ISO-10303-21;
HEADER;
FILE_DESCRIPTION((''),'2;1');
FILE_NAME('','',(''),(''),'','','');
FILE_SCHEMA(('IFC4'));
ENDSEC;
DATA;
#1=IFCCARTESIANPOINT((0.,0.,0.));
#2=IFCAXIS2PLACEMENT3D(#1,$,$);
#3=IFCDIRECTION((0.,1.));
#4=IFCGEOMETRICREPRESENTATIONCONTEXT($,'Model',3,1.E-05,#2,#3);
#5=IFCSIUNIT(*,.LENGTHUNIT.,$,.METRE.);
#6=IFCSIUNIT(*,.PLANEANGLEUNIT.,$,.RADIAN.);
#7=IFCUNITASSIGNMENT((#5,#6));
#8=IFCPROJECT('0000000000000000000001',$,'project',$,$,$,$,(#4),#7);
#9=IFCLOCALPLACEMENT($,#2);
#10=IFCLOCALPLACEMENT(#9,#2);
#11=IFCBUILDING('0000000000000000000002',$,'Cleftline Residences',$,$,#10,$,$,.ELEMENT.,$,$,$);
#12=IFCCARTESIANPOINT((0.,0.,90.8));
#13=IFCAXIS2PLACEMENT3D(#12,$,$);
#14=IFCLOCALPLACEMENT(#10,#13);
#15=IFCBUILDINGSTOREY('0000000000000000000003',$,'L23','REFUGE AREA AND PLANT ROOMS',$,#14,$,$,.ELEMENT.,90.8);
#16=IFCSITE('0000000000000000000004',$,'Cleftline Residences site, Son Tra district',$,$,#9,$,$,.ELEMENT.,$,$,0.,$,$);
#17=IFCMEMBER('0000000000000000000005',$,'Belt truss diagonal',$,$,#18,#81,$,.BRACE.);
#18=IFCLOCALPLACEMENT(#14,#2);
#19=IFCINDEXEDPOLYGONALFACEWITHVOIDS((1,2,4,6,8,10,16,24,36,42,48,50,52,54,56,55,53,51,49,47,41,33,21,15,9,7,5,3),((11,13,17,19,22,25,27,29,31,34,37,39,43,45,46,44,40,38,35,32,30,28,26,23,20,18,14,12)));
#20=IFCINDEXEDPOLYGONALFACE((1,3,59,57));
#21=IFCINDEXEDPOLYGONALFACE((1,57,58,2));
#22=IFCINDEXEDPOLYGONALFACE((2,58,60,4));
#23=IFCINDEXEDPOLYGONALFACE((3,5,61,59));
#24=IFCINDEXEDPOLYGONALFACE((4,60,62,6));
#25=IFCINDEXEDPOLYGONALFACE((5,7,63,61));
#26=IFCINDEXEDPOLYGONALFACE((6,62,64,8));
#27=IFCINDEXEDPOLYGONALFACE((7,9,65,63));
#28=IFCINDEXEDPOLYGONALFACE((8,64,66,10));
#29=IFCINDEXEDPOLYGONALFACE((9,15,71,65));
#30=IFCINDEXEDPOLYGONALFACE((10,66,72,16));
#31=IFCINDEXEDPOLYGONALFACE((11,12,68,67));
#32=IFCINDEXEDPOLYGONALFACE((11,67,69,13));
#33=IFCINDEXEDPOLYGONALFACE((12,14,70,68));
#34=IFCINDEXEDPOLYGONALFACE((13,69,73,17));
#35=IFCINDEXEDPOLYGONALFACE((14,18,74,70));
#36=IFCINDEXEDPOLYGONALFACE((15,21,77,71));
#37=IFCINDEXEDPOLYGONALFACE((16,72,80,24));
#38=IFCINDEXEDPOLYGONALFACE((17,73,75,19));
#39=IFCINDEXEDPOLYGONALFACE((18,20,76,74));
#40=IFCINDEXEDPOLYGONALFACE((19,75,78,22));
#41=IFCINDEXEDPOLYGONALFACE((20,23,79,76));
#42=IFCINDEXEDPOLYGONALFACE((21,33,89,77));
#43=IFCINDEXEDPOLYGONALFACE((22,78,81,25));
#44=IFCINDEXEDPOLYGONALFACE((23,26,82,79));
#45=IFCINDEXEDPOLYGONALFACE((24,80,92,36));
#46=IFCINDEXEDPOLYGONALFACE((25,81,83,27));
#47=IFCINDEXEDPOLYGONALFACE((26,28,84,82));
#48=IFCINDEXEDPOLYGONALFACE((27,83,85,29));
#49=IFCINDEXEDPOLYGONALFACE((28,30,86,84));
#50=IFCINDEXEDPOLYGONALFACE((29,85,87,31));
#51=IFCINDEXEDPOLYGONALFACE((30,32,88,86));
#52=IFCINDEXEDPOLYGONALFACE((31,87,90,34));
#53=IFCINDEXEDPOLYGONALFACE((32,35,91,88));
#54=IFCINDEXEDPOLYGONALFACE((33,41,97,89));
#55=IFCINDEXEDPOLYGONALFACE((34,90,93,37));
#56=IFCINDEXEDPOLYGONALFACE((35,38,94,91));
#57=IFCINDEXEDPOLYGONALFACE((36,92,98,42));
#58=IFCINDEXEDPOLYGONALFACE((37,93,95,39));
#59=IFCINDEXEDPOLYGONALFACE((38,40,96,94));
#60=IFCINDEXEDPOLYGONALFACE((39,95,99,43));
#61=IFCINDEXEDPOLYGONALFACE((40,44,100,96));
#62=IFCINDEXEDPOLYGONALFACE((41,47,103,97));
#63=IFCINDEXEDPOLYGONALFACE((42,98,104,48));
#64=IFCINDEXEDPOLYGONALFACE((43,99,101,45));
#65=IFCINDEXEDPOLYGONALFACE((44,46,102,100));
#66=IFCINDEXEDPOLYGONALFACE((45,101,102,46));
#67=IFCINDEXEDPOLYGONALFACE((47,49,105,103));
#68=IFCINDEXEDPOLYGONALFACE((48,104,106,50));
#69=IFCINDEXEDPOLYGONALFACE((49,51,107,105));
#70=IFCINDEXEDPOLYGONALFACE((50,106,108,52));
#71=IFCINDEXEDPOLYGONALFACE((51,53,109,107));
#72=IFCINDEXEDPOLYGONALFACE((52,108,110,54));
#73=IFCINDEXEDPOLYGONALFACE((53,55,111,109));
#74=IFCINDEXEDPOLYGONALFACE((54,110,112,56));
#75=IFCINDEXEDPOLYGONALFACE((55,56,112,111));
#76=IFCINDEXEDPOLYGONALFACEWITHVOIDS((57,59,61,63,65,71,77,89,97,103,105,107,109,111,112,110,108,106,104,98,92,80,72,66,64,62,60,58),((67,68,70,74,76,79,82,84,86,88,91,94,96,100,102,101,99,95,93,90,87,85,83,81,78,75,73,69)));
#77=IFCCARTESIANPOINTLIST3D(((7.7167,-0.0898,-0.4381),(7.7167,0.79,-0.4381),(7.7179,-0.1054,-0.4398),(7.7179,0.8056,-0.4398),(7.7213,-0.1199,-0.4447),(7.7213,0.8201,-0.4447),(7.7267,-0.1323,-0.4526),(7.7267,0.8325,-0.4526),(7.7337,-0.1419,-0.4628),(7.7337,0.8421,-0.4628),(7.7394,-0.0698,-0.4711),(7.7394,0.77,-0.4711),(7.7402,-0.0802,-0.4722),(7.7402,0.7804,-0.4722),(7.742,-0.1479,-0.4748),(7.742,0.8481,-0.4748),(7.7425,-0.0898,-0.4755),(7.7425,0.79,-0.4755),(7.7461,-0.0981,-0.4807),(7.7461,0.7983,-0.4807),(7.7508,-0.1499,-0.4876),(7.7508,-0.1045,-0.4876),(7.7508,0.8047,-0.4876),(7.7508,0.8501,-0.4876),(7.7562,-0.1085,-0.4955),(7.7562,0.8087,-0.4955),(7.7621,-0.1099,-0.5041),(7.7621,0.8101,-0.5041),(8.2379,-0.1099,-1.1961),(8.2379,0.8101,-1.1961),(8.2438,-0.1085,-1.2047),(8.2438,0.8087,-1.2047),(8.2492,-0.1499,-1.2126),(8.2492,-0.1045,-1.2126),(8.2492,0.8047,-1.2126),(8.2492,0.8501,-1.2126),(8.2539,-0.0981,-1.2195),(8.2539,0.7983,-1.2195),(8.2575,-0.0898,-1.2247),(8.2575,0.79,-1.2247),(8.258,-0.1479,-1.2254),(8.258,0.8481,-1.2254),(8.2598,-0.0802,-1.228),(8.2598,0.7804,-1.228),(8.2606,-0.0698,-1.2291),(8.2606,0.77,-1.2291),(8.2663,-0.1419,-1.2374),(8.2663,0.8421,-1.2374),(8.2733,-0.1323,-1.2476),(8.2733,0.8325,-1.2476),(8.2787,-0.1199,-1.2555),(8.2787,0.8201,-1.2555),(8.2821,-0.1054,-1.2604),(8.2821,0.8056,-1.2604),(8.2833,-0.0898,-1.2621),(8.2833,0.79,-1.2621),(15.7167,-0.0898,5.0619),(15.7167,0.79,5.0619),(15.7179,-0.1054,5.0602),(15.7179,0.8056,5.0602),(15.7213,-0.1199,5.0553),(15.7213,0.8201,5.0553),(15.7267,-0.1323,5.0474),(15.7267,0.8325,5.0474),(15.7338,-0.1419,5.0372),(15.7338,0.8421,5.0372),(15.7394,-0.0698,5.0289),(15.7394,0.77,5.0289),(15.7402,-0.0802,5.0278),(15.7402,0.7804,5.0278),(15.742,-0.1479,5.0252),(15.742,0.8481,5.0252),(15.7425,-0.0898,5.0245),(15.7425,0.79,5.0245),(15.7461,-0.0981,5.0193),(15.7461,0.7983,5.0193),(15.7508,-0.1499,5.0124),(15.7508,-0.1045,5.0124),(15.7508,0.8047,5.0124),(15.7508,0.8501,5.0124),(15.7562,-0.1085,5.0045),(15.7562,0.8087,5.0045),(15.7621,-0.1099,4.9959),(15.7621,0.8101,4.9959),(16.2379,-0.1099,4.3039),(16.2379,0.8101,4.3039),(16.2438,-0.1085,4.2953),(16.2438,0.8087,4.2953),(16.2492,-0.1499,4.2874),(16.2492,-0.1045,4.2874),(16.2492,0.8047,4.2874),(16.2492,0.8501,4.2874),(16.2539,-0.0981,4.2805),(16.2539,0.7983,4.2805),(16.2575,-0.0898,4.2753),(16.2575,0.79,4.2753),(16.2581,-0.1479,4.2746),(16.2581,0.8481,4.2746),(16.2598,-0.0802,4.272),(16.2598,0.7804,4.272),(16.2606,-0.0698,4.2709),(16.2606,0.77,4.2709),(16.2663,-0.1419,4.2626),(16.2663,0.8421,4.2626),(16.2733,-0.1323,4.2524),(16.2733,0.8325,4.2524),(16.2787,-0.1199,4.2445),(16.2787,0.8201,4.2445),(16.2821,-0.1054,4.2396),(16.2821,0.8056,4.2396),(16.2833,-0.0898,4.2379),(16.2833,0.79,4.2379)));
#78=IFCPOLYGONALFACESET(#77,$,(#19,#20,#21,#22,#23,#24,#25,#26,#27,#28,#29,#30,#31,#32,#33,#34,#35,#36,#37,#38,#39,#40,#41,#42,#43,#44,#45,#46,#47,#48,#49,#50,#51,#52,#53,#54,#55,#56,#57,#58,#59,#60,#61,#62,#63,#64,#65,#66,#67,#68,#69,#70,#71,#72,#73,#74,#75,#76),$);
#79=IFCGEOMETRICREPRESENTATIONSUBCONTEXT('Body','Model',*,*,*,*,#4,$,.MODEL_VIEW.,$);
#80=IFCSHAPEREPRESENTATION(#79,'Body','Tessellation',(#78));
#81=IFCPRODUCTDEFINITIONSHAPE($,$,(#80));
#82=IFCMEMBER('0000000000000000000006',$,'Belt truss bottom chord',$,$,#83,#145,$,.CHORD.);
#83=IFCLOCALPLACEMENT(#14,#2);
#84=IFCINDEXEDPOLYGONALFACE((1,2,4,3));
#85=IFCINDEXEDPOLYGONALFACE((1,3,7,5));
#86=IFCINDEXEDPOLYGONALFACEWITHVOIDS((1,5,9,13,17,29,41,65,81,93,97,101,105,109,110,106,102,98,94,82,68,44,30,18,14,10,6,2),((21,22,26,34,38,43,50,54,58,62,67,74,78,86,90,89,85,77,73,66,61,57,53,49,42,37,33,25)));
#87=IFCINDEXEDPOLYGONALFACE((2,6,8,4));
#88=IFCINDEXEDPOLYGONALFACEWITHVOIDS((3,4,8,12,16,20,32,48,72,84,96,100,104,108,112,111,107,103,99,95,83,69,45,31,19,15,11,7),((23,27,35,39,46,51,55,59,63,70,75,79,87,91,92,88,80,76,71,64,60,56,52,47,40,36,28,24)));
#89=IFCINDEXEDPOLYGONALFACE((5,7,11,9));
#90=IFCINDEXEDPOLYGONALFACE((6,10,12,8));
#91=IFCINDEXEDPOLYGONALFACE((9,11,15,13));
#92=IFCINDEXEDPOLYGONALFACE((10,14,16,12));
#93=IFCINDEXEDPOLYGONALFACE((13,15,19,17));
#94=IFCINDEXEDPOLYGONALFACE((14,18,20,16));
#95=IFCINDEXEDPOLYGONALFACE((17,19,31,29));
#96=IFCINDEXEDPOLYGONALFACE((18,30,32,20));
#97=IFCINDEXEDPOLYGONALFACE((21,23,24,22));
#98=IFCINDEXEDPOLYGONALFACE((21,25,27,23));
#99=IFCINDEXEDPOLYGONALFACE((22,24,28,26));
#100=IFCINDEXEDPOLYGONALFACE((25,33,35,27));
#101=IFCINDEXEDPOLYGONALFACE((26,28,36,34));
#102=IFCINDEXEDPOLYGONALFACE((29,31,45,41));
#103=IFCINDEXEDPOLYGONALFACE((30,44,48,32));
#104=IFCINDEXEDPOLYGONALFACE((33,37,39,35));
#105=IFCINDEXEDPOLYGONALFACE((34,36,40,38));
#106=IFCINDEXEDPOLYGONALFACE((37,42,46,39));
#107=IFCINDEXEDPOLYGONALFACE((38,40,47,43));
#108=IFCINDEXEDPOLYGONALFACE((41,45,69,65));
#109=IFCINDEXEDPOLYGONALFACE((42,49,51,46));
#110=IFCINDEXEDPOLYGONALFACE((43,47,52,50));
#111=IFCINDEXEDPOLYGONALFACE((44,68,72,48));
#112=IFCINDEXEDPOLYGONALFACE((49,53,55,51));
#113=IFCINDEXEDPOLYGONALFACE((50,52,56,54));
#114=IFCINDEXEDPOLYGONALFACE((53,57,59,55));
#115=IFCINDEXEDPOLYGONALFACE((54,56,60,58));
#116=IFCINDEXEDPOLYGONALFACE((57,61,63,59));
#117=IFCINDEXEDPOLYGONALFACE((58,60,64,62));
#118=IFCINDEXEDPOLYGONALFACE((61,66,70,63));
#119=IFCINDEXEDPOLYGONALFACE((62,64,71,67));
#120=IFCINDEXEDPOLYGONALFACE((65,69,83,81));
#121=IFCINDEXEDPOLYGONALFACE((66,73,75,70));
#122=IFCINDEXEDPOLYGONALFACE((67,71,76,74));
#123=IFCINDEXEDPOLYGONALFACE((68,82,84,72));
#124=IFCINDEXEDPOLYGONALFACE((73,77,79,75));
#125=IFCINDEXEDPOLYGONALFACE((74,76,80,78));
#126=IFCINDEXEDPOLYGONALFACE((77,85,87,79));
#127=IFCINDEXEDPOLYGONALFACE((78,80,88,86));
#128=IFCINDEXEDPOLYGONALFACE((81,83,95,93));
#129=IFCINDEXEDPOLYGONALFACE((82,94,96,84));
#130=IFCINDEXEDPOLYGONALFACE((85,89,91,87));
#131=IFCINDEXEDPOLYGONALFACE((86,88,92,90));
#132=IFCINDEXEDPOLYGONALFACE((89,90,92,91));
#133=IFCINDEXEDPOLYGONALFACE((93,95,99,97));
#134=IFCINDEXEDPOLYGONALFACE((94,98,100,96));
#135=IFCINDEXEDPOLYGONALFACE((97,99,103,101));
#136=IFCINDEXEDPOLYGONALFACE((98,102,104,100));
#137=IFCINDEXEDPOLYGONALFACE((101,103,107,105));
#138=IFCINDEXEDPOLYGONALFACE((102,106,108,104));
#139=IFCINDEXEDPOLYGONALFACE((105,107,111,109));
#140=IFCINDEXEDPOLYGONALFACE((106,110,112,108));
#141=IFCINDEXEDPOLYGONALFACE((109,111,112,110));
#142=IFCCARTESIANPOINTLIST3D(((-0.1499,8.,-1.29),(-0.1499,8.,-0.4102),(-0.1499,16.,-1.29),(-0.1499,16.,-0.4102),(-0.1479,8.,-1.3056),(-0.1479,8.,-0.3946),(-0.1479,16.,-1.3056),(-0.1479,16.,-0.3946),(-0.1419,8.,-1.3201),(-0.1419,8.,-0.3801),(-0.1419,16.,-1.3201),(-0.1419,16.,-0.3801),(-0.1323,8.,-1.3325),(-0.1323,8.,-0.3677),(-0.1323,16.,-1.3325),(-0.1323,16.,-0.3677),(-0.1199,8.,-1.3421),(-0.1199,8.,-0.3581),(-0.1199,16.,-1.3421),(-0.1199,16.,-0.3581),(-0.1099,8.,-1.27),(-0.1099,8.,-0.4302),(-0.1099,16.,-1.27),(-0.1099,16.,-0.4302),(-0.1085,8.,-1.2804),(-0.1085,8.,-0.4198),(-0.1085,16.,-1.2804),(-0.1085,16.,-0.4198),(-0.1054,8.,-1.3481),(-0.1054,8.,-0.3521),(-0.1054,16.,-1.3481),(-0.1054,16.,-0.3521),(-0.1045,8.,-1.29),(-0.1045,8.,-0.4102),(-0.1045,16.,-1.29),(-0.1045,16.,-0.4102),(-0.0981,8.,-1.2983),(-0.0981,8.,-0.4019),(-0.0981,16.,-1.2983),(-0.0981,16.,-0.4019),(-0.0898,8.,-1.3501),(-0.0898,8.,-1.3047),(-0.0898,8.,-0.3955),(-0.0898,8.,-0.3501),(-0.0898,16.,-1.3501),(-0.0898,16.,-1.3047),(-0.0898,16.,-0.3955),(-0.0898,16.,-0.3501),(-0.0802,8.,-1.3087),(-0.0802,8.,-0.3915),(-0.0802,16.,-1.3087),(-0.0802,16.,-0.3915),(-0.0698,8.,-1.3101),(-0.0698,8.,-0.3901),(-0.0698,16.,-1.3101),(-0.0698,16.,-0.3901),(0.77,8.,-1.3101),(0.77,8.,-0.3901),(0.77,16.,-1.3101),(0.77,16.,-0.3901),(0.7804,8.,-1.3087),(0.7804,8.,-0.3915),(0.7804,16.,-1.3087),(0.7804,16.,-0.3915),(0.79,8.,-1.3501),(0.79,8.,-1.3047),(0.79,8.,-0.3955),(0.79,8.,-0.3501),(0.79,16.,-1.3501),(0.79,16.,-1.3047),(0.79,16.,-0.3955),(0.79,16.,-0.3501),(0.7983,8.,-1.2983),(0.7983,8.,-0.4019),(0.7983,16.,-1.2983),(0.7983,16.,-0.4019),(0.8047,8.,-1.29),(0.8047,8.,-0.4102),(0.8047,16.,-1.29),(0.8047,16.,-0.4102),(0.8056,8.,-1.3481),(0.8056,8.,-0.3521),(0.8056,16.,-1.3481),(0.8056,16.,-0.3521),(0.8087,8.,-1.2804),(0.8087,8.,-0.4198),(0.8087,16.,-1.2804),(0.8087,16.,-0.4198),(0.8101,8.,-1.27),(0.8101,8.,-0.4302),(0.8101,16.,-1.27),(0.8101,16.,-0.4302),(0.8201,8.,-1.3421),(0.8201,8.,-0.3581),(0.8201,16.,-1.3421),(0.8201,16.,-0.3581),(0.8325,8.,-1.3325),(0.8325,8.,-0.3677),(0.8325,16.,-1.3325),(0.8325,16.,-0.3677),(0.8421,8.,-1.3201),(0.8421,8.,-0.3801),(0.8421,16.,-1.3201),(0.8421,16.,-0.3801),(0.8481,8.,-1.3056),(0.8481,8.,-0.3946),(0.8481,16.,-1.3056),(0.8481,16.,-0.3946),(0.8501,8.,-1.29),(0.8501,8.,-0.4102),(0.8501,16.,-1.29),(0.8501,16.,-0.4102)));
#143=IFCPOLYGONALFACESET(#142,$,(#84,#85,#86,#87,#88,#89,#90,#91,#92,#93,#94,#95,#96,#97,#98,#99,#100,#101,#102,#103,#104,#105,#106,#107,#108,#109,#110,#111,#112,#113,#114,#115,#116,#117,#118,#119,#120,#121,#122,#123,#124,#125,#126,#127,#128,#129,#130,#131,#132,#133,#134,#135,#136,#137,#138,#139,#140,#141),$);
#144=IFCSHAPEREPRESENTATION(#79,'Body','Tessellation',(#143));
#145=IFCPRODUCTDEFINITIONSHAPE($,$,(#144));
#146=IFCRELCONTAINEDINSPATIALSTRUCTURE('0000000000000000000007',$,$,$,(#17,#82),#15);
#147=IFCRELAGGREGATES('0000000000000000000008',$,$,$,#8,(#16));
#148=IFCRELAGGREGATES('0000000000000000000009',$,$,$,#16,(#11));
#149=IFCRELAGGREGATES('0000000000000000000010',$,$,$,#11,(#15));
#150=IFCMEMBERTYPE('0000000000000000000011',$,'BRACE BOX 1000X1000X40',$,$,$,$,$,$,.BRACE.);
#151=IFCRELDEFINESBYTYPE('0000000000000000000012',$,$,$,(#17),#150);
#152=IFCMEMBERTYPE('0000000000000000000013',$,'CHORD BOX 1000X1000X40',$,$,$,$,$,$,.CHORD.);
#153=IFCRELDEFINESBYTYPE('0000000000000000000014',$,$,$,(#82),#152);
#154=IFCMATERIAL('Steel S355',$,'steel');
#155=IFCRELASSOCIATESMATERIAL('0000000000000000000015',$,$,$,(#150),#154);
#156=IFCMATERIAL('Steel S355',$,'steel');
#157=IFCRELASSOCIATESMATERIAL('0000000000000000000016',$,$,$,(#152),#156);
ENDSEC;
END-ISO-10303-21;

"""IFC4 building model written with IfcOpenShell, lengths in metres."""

from ifc_helpers import new_model, si_unit, direction, frame, origin, origin_2d, place, context, subcontext, project, spatial, hollow_rectangle, extrude, material, material_profile, profile_set, type_object, element, save


model = new_model("IFC4")

# Units and contexts
model_context = context("Model", 3, precision=1e-05, world=origin(), true_north=direction((0.0, 1.0)))
body_context = subcontext(model_context, "Body", "Model", "MODEL_VIEW")
ifc_project = project(units=[si_unit("LENGTHUNIT", "METRE"), si_unit("PLANEANGLEUNIT", "RADIAN")], contexts=[model_context])

# Site, building, storey
site_placement = place(None, origin())
site = spatial("IfcSite", under=ifc_project, at=site_placement, Name="Cleftline Residences site, Son Tra district", CompositionType="ELEMENT", RefElevation=0.0)
building_placement = place(site_placement, origin())
building = spatial("IfcBuilding", under=site, at=building_placement, Name="Cleftline Residences", CompositionType="ELEMENT")
storey_placement = place(building_placement, frame((0.0, 0.0, 90.8)))
storey = spatial("IfcBuildingStorey", under=building, at=storey_placement, Name="L23", Description="REFUGE AREA AND PLANT ROOMS", CompositionType="ELEMENT", Elevation=90.8)

# Members
ifc_material_1 = material(Name="Steel S355", Category="steel")
ifc_material_profile_1 = material_profile(ifc_material_1, hollow_rectangle(XDim=1.0, YDim=1.0, WallThickness=0.04, InnerFilletRadius=0.04, OuterFilletRadius=0.0601, at=origin_2d()))
ifc_profile_set_1 = profile_set([ifc_material_profile_1], Name="Steel S355")
member_type_1 = type_object("IfcMemberType", Name="BRACE BOX 1000X1000X40", PredefinedType="BRACE", material=ifc_profile_set_1)
for number, where, z_axis, x_axis, name in (
    (1, (8.0, 0.3501, -0.8501), (0.824042, 0.0, 0.566529), (-0.566529, 0.0, 0.824042), "Belt truss diagonal"),
):
    element("IfcMember", number, at=place(storey_placement, frame(where, z_axis=z_axis, x_axis=x_axis)), inside=storey, type_object=member_type_1, Name=name, PredefinedType="BRACE", context=body_context, shape_type="SweptSolid", body=[
        extrude(hollow_rectangle(XDim=1.0, YDim=1.0, WallThickness=0.04, InnerFilletRadius=0.04, OuterFilletRadius=0.0601, at=origin_2d()), origin(), (0.0, 0.0, 1.0), 9.7083),
    ])
ifc_material_2 = material(Name="Steel S355", Category="steel")
ifc_material_profile_2 = material_profile(ifc_material_2, hollow_rectangle(XDim=1.0, YDim=1.0, WallThickness=0.04, InnerFilletRadius=0.04, OuterFilletRadius=0.0601, at=origin_2d()))
ifc_profile_set_2 = profile_set([ifc_material_profile_2], Name="Steel S355")
member_type_2 = type_object("IfcMemberType", Name="CHORD BOX 1000X1000X40", PredefinedType="CHORD", material=ifc_profile_set_2)
for number, where, z_axis, x_axis, name in (
    (2, (0.3501, 8.0, -0.8501), (0.0, 1.0, 0.0), (-1.0, 0.0, 0.0), "Belt truss bottom chord"),
):
    element("IfcMember", number, at=place(storey_placement, frame(where, z_axis=z_axis, x_axis=x_axis)), inside=storey, type_object=member_type_2, Name=name, PredefinedType="CHORD", context=body_context, shape_type="SweptSolid", body=[
        extrude(hollow_rectangle(XDim=1.0, YDim=1.0, WallThickness=0.04, InnerFilletRadius=0.04, OuterFilletRadius=0.0601, at=origin_2d()), origin(), (0.0, 0.0, 1.0), 8.0),
    ])

save(model, "model.ifc")
